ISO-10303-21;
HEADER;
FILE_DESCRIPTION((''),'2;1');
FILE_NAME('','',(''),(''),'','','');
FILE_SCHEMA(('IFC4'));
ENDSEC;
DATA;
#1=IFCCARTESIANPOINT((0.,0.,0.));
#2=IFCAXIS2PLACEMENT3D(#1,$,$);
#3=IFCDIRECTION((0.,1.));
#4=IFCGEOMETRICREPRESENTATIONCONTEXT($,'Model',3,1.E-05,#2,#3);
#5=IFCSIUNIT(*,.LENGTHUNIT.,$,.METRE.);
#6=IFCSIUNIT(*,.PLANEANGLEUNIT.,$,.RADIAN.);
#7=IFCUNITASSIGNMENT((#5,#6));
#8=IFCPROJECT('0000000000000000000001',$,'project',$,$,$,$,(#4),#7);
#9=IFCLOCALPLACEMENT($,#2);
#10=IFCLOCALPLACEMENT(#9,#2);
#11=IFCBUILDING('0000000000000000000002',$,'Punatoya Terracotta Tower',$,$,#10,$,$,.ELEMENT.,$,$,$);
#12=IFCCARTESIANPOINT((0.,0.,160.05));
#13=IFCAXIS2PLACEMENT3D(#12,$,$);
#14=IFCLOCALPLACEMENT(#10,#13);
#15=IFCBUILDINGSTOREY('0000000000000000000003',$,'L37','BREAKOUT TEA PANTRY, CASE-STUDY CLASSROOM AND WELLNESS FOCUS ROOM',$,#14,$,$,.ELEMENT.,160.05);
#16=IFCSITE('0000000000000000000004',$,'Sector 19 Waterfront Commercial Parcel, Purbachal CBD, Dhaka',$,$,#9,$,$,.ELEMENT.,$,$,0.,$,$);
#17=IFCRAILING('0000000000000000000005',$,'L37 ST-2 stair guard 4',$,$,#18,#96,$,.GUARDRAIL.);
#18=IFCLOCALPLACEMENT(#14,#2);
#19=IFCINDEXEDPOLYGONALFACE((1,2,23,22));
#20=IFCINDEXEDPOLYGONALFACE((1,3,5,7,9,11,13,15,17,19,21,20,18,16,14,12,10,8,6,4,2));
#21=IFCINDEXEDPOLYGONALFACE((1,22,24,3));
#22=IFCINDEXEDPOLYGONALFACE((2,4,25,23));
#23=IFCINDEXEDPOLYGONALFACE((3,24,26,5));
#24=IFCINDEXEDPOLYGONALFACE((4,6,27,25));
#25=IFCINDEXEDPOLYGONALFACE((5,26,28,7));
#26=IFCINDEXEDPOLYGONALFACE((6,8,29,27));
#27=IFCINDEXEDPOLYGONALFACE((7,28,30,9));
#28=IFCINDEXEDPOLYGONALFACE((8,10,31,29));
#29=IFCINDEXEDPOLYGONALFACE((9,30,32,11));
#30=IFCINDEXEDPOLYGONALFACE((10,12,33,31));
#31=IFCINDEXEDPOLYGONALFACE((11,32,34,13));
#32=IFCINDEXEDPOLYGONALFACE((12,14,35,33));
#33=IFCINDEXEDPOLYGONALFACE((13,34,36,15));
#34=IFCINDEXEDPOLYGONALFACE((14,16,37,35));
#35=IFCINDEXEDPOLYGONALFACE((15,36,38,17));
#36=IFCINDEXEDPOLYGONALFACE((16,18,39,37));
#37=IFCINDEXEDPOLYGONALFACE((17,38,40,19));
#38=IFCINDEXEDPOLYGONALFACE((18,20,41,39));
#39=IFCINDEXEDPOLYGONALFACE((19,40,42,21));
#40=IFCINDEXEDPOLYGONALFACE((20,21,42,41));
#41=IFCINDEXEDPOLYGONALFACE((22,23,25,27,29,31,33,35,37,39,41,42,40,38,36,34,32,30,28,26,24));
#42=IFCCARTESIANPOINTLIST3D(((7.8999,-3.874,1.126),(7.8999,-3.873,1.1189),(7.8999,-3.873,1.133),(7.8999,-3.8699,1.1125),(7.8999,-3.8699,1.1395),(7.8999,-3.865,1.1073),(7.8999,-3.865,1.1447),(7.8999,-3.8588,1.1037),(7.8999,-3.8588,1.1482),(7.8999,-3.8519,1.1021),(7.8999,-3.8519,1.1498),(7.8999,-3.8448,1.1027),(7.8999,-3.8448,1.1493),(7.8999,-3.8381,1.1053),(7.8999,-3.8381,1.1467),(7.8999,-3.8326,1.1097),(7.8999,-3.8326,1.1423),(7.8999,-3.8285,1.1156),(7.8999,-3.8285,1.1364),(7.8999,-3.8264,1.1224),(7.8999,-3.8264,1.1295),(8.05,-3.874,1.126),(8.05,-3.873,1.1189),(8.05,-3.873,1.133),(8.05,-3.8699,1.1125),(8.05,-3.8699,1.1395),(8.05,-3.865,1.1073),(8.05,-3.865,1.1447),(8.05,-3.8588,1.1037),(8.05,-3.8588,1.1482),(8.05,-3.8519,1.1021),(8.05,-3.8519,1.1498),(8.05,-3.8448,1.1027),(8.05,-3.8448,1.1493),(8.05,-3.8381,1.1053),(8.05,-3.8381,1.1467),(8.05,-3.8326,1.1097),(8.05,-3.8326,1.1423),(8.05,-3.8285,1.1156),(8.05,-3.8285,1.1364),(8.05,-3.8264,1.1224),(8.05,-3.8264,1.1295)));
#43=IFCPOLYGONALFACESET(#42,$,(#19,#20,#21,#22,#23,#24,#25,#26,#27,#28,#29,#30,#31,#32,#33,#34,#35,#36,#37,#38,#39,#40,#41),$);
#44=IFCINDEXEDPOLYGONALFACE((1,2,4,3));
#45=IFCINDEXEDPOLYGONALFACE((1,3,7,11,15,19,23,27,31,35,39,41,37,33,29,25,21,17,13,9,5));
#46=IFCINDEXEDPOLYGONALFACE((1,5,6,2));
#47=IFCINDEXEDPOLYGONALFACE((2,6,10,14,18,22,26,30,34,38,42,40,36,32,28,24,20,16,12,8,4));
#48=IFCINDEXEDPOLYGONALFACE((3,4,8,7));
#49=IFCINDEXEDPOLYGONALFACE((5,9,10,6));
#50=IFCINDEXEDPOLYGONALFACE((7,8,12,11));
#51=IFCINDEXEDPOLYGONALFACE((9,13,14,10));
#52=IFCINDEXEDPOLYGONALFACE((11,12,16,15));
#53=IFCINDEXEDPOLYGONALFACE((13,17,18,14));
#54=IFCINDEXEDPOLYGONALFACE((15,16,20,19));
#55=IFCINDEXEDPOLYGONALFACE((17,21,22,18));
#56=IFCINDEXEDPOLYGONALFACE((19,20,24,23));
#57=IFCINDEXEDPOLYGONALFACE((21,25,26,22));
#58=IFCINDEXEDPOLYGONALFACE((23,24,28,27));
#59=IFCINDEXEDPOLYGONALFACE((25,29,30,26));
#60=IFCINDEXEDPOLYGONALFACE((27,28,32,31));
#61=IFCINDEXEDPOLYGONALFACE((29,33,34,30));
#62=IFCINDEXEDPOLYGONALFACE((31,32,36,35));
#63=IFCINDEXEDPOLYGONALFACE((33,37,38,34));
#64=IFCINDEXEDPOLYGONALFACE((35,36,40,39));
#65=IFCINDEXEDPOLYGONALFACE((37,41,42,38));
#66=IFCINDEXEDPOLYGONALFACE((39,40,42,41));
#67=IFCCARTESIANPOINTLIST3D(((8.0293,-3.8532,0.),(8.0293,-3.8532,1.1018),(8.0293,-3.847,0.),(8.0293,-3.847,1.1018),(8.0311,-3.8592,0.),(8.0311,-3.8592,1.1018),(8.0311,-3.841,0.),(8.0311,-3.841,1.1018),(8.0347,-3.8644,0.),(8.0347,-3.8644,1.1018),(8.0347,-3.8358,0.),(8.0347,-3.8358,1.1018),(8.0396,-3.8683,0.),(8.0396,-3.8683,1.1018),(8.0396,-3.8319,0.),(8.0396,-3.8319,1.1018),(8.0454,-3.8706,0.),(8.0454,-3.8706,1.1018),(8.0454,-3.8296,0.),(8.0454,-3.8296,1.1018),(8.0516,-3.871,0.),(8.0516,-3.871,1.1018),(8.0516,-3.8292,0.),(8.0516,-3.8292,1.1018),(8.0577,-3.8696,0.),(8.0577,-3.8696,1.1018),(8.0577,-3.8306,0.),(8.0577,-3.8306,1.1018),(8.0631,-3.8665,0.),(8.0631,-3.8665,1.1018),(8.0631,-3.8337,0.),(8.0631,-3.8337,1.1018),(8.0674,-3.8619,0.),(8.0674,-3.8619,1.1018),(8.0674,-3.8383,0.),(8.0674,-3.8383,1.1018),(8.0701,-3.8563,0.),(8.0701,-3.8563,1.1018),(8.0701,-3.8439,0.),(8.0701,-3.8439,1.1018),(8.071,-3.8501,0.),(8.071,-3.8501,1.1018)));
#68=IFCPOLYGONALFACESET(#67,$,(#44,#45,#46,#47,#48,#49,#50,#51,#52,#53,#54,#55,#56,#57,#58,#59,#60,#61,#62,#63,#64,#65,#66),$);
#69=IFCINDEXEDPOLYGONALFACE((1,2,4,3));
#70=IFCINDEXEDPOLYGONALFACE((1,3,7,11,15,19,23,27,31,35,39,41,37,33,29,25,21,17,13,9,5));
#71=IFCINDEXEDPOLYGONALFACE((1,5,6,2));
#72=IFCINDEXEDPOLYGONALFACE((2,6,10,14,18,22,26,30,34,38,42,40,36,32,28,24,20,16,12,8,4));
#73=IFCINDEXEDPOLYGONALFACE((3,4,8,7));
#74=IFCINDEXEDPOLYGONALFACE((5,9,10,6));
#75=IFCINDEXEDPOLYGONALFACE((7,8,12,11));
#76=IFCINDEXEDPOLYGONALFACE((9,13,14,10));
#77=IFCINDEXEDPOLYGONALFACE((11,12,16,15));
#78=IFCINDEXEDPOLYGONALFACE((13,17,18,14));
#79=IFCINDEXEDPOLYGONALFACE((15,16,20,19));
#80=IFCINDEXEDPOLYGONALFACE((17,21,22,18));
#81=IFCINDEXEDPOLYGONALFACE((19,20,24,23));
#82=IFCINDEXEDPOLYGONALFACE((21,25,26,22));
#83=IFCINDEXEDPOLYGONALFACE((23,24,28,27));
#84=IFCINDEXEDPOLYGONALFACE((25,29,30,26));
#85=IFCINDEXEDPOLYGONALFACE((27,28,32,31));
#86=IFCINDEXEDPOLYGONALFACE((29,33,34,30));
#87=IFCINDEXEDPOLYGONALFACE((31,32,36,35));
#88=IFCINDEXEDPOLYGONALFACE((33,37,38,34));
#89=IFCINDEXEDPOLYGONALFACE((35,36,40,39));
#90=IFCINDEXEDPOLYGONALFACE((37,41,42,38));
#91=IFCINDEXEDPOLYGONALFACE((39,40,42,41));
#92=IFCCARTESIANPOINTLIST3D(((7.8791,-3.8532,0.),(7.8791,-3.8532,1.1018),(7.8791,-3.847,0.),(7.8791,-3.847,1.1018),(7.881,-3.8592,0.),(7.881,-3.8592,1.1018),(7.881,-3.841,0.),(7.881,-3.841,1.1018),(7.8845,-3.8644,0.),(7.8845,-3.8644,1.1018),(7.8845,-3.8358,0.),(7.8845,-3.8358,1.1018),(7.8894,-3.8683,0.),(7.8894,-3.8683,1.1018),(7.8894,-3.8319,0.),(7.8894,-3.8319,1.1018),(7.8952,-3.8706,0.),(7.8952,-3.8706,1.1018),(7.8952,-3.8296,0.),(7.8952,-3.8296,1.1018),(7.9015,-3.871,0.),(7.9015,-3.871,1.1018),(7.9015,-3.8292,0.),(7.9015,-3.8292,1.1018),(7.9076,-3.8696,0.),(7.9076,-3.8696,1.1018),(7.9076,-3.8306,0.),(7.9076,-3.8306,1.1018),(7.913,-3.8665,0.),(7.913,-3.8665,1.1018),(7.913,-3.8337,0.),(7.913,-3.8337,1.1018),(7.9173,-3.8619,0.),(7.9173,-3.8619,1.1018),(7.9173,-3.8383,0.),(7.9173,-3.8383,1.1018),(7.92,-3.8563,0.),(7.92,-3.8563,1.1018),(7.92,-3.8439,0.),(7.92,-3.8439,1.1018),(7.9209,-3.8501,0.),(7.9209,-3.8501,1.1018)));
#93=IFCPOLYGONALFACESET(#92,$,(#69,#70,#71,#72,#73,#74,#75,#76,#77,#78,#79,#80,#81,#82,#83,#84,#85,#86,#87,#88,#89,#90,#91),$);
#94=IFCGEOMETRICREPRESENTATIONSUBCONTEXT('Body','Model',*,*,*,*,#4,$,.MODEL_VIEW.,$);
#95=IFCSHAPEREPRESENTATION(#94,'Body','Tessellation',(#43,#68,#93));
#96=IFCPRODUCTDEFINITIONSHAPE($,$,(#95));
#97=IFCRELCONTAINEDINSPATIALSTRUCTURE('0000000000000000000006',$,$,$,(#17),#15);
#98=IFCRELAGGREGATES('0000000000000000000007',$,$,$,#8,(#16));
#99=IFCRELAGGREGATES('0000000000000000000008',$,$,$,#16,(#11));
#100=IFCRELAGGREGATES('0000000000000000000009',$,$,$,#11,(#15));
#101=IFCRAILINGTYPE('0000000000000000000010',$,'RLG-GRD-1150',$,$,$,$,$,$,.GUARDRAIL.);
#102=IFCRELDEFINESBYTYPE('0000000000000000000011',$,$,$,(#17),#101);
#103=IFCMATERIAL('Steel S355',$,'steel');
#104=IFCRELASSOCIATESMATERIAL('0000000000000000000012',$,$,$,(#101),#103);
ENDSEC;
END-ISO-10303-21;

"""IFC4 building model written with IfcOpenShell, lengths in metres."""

from ifc_helpers import new_model, si_unit, direction, frame, origin, origin_2d, place, context, subcontext, project, spatial, circle, extrude, material, type_object, element, save


model = new_model("IFC4")

# Units and contexts
model_context = context("Model", 3, precision=1e-05, world=origin(), true_north=direction((0.0, 1.0)))
body_context = subcontext(model_context, "Body", "Model", "MODEL_VIEW")
ifc_project = project(units=[si_unit("LENGTHUNIT", "METRE"), si_unit("PLANEANGLEUNIT", "RADIAN")], contexts=[model_context])

# Site, building, storey
site_placement = place(None, origin())
site = spatial("IfcSite", under=ifc_project, at=site_placement, Name="Sector 19 Waterfront Commercial Parcel, Purbachal CBD, Dhaka", CompositionType="ELEMENT", RefElevation=0.0)
building_placement = place(site_placement, origin())
building = spatial("IfcBuilding", under=site, at=building_placement, Name="Punatoya Terracotta Tower", CompositionType="ELEMENT")
storey_placement = place(building_placement, frame((0.0, 0.0, 160.05)))
storey = spatial("IfcBuildingStorey", under=building, at=storey_placement, Name="L37", Description="BREAKOUT TEA PANTRY, CASE-STUDY CLASSROOM AND WELLNESS FOCUS ROOM", CompositionType="ELEMENT", Elevation=160.05)

# Shared definitions
ifc_material_1 = material(Name="Steel S355", Category="steel")

# Railing
railing_type_1 = type_object("IfcRailingType", Name="RLG-GRD-1150", PredefinedType="GUARDRAIL", material=ifc_material_1)
railing_1_placement = place(storey_placement, frame((8.05, -3.8501, 0.0)))
element("IfcRailing", 1, at=railing_1_placement, inside=storey, type_object=railing_type_1, Name="L37 ST-2 stair guard 4", PredefinedType="GUARDRAIL", context=body_context, shape_type="SweptSolid", body=[
    extrude(circle(Radius=0.0239, at=origin_2d()), frame((0.0, 0.0, 1.126), z_axis=(-1.0, 0.0, 0.0), x_axis=(0.0, -1.0, 0.0)), (0.0, 0.0, 1.0), 0.1501),
    extrude(circle(Radius=0.021, at=origin_2d()), origin(), (0.0, 0.0, 1.0), 1.1018),
    extrude(circle(Radius=0.021, at=origin_2d()), frame((-0.1501, 0.0, 0.0)), (0.0, 0.0, 1.0), 1.1018),
])

save(model, "model.ifc")
